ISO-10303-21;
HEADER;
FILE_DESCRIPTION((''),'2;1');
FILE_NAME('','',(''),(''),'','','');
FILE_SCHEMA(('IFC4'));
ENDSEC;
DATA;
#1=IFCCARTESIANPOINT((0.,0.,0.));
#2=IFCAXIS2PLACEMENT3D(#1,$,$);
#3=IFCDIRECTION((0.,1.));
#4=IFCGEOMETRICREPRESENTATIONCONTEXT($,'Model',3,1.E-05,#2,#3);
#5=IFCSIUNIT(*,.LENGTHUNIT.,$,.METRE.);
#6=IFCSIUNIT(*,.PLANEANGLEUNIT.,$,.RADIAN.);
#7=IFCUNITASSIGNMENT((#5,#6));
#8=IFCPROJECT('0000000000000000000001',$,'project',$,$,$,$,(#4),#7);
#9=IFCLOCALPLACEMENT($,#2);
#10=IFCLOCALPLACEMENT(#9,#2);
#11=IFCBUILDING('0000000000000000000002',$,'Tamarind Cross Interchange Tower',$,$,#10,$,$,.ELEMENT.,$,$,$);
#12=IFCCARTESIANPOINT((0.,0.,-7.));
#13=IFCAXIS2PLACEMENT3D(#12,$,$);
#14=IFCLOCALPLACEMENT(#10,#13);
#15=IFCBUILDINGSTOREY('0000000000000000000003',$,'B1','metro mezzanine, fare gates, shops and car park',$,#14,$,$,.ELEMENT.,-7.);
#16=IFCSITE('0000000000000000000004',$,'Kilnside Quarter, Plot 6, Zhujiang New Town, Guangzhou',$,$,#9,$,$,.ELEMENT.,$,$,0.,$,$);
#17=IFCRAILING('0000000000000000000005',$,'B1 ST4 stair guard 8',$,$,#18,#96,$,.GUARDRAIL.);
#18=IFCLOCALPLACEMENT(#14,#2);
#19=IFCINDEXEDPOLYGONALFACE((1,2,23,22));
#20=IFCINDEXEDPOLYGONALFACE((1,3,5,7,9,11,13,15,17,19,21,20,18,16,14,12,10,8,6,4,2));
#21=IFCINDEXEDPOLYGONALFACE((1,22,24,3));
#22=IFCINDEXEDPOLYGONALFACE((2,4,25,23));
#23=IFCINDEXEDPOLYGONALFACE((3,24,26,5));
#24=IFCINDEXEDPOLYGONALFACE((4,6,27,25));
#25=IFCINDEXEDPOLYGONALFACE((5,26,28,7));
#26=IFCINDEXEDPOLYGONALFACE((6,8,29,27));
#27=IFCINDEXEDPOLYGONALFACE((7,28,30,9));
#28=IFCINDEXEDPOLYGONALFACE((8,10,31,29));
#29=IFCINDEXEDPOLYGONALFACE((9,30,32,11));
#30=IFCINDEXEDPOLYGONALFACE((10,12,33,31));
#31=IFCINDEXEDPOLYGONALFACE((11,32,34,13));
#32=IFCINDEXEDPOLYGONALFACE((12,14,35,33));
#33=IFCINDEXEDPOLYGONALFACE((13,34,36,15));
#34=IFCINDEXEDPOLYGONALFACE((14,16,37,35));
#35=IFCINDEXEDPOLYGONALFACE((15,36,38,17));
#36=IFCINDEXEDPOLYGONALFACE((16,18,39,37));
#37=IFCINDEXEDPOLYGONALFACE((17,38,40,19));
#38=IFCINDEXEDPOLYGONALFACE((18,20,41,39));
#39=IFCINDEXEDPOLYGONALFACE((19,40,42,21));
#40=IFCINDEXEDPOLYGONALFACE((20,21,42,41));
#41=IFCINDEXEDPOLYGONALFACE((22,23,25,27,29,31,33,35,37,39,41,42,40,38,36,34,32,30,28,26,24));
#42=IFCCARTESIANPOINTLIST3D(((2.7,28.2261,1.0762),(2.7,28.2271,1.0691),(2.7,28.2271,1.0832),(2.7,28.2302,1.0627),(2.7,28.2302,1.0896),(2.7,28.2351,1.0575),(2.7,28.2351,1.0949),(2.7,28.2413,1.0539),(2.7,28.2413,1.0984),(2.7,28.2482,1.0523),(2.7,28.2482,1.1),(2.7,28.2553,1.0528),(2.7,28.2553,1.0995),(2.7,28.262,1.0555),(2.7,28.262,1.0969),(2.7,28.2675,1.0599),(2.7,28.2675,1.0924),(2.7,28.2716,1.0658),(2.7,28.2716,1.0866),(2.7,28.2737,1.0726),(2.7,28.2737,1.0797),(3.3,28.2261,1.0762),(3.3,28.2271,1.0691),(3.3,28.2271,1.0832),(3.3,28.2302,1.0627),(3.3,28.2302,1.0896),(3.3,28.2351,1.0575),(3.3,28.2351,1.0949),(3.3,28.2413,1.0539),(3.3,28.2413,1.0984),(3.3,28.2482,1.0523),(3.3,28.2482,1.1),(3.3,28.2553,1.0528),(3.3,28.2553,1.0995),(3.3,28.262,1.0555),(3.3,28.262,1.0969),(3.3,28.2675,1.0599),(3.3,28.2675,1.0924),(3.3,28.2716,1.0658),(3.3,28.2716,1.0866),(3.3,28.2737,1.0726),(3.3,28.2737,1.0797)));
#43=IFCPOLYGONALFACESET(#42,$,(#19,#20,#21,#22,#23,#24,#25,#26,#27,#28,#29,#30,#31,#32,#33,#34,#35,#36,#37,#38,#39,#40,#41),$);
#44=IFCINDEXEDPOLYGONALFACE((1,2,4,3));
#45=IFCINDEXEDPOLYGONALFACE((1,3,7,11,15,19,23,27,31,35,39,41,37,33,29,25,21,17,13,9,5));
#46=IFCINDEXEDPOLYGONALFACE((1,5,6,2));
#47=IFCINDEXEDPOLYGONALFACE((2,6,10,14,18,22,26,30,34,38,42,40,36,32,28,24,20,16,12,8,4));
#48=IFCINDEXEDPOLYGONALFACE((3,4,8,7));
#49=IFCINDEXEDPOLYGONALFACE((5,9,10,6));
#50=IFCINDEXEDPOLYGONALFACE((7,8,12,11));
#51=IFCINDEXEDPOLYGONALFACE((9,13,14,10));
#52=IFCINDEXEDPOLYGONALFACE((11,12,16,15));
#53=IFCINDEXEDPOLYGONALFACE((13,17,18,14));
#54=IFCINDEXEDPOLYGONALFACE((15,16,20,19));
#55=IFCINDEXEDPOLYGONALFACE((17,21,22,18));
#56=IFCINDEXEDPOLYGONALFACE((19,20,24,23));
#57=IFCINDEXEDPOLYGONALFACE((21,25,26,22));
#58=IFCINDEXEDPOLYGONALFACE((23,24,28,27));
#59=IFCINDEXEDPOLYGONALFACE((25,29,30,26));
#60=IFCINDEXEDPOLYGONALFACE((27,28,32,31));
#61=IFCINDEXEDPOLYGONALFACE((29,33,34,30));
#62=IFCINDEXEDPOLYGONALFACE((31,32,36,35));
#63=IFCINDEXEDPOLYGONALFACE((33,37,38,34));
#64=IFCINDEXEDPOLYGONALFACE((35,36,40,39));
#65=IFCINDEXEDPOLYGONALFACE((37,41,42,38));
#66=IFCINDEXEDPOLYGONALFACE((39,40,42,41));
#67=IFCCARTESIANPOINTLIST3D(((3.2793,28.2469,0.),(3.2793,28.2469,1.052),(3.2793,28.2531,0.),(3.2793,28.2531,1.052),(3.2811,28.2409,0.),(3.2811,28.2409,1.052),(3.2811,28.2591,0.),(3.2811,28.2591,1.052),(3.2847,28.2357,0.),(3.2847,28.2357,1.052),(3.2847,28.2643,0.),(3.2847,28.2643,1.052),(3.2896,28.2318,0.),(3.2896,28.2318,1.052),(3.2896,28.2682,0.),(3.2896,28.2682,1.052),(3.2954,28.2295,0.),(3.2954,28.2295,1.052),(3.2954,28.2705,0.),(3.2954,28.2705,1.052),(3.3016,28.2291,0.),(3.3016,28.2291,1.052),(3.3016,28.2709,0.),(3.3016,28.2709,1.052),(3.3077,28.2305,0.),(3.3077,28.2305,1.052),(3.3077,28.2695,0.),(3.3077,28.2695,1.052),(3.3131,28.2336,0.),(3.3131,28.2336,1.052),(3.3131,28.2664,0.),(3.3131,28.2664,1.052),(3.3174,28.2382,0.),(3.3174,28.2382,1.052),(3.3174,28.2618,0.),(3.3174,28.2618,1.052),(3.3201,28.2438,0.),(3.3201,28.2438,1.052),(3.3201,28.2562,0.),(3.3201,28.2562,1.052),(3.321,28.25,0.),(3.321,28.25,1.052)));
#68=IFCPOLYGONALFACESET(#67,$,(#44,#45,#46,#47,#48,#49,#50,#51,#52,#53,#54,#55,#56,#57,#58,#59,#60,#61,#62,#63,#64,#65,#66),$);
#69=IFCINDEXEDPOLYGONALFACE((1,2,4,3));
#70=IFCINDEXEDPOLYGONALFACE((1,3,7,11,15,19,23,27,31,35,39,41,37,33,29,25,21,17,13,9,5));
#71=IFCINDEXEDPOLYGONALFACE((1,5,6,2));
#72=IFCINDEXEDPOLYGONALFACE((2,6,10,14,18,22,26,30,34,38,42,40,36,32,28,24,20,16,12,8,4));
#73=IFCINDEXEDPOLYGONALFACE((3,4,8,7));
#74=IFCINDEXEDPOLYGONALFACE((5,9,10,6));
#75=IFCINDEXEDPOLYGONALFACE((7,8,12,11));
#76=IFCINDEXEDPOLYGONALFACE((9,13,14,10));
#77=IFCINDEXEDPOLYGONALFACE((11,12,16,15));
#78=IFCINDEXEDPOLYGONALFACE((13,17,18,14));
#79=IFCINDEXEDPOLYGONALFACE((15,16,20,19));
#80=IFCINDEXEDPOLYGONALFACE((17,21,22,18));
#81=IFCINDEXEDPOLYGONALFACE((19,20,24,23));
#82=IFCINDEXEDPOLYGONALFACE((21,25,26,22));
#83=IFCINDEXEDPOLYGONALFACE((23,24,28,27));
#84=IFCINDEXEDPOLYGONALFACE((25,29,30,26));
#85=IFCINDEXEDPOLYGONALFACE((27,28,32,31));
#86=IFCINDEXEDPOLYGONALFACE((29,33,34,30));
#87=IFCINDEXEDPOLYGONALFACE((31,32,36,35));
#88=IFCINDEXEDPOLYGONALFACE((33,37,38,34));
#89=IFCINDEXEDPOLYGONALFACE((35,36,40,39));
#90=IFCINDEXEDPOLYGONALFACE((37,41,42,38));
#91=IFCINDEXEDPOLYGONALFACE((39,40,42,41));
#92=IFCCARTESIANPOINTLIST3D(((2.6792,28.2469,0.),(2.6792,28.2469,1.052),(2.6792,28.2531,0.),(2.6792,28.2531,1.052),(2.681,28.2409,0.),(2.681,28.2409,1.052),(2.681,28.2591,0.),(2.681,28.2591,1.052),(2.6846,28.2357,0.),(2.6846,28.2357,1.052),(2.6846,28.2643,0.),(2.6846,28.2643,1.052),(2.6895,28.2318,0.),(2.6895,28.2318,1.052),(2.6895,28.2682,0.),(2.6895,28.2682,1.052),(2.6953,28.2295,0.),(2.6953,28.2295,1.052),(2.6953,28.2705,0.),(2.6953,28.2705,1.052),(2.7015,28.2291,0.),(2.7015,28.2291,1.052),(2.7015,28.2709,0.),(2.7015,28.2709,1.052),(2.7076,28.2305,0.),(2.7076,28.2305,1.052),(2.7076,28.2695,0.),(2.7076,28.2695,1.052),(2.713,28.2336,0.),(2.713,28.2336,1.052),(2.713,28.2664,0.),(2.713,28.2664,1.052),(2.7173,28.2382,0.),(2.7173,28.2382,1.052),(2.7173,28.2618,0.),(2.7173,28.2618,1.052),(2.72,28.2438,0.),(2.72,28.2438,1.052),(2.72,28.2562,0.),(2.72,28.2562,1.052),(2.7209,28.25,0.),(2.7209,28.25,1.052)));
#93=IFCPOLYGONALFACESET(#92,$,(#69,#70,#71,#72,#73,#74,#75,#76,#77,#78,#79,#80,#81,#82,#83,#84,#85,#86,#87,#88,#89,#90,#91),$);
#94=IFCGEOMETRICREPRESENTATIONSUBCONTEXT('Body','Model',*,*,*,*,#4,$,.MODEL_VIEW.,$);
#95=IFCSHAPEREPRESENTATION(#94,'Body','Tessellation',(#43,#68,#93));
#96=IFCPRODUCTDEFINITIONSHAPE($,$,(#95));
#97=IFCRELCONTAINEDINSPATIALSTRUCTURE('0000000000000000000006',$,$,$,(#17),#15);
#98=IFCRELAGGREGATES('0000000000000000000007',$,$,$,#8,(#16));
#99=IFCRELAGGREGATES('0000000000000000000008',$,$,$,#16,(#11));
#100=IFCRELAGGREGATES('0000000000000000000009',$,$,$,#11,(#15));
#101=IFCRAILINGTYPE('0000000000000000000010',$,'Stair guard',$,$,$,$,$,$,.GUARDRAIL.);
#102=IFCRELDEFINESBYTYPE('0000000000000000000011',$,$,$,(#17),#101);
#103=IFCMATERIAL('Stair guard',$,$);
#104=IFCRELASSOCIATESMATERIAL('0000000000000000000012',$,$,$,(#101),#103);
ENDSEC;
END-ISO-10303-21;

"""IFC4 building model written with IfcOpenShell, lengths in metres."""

from ifc_helpers import new_model, si_unit, direction, frame, origin, origin_2d, place, context, subcontext, project, spatial, circle, extrude, material, type_object, element, save


model = new_model("IFC4")

# Units and contexts
model_context = context("Model", 3, precision=1e-05, world=origin(), true_north=direction((0.0, 1.0)))
body_context = subcontext(model_context, "Body", "Model", "MODEL_VIEW")
ifc_project = project(units=[si_unit("LENGTHUNIT", "METRE"), si_unit("PLANEANGLEUNIT", "RADIAN")], contexts=[model_context])

# Site, building, storey
site_placement = place(None, origin())
site = spatial("IfcSite", under=ifc_project, at=site_placement, Name="Kilnside Quarter, Plot 6, Zhujiang New Town, Guangzhou", CompositionType="ELEMENT", RefElevation=0.0)
building_placement = place(site_placement, origin())
building = spatial("IfcBuilding", under=site, at=building_placement, Name="Tamarind Cross Interchange Tower", CompositionType="ELEMENT")
storey_placement = place(building_placement, frame((0.0, 0.0, -7.0)))
storey = spatial("IfcBuildingStorey", under=building, at=storey_placement, Name="B1", Description="metro mezzanine, fare gates, shops and car park", CompositionType="ELEMENT", Elevation=-7.0)

# Railing
ifc_material_1 = material(Name="Stair guard")
railing_type_1 = type_object("IfcRailingType", Name="Stair guard", PredefinedType="GUARDRAIL", material=ifc_material_1)
railing_1_placement = place(storey_placement, frame((3.3, 28.25, 0.0)))
element("IfcRailing", 1, at=railing_1_placement, inside=storey, type_object=railing_type_1, Name="B1 ST4 stair guard 8", PredefinedType="GUARDRAIL", context=body_context, shape_type="SweptSolid", body=[
    extrude(circle(Radius=0.0239, at=origin_2d()), frame((0.0, 0.0, 1.0762), z_axis=(-1.0, 0.0, 0.0), x_axis=(0.0, -1.0, 0.0)), (0.0, 0.0, 1.0), 0.6001),
    extrude(circle(Radius=0.021, at=origin_2d()), origin(), (0.0, 0.0, 1.0), 1.052),
    extrude(circle(Radius=0.021, at=origin_2d()), frame((-0.6001, 0.0, 0.0)), (0.0, 0.0, 1.0), 1.052),
])

save(model, "model.ifc")
